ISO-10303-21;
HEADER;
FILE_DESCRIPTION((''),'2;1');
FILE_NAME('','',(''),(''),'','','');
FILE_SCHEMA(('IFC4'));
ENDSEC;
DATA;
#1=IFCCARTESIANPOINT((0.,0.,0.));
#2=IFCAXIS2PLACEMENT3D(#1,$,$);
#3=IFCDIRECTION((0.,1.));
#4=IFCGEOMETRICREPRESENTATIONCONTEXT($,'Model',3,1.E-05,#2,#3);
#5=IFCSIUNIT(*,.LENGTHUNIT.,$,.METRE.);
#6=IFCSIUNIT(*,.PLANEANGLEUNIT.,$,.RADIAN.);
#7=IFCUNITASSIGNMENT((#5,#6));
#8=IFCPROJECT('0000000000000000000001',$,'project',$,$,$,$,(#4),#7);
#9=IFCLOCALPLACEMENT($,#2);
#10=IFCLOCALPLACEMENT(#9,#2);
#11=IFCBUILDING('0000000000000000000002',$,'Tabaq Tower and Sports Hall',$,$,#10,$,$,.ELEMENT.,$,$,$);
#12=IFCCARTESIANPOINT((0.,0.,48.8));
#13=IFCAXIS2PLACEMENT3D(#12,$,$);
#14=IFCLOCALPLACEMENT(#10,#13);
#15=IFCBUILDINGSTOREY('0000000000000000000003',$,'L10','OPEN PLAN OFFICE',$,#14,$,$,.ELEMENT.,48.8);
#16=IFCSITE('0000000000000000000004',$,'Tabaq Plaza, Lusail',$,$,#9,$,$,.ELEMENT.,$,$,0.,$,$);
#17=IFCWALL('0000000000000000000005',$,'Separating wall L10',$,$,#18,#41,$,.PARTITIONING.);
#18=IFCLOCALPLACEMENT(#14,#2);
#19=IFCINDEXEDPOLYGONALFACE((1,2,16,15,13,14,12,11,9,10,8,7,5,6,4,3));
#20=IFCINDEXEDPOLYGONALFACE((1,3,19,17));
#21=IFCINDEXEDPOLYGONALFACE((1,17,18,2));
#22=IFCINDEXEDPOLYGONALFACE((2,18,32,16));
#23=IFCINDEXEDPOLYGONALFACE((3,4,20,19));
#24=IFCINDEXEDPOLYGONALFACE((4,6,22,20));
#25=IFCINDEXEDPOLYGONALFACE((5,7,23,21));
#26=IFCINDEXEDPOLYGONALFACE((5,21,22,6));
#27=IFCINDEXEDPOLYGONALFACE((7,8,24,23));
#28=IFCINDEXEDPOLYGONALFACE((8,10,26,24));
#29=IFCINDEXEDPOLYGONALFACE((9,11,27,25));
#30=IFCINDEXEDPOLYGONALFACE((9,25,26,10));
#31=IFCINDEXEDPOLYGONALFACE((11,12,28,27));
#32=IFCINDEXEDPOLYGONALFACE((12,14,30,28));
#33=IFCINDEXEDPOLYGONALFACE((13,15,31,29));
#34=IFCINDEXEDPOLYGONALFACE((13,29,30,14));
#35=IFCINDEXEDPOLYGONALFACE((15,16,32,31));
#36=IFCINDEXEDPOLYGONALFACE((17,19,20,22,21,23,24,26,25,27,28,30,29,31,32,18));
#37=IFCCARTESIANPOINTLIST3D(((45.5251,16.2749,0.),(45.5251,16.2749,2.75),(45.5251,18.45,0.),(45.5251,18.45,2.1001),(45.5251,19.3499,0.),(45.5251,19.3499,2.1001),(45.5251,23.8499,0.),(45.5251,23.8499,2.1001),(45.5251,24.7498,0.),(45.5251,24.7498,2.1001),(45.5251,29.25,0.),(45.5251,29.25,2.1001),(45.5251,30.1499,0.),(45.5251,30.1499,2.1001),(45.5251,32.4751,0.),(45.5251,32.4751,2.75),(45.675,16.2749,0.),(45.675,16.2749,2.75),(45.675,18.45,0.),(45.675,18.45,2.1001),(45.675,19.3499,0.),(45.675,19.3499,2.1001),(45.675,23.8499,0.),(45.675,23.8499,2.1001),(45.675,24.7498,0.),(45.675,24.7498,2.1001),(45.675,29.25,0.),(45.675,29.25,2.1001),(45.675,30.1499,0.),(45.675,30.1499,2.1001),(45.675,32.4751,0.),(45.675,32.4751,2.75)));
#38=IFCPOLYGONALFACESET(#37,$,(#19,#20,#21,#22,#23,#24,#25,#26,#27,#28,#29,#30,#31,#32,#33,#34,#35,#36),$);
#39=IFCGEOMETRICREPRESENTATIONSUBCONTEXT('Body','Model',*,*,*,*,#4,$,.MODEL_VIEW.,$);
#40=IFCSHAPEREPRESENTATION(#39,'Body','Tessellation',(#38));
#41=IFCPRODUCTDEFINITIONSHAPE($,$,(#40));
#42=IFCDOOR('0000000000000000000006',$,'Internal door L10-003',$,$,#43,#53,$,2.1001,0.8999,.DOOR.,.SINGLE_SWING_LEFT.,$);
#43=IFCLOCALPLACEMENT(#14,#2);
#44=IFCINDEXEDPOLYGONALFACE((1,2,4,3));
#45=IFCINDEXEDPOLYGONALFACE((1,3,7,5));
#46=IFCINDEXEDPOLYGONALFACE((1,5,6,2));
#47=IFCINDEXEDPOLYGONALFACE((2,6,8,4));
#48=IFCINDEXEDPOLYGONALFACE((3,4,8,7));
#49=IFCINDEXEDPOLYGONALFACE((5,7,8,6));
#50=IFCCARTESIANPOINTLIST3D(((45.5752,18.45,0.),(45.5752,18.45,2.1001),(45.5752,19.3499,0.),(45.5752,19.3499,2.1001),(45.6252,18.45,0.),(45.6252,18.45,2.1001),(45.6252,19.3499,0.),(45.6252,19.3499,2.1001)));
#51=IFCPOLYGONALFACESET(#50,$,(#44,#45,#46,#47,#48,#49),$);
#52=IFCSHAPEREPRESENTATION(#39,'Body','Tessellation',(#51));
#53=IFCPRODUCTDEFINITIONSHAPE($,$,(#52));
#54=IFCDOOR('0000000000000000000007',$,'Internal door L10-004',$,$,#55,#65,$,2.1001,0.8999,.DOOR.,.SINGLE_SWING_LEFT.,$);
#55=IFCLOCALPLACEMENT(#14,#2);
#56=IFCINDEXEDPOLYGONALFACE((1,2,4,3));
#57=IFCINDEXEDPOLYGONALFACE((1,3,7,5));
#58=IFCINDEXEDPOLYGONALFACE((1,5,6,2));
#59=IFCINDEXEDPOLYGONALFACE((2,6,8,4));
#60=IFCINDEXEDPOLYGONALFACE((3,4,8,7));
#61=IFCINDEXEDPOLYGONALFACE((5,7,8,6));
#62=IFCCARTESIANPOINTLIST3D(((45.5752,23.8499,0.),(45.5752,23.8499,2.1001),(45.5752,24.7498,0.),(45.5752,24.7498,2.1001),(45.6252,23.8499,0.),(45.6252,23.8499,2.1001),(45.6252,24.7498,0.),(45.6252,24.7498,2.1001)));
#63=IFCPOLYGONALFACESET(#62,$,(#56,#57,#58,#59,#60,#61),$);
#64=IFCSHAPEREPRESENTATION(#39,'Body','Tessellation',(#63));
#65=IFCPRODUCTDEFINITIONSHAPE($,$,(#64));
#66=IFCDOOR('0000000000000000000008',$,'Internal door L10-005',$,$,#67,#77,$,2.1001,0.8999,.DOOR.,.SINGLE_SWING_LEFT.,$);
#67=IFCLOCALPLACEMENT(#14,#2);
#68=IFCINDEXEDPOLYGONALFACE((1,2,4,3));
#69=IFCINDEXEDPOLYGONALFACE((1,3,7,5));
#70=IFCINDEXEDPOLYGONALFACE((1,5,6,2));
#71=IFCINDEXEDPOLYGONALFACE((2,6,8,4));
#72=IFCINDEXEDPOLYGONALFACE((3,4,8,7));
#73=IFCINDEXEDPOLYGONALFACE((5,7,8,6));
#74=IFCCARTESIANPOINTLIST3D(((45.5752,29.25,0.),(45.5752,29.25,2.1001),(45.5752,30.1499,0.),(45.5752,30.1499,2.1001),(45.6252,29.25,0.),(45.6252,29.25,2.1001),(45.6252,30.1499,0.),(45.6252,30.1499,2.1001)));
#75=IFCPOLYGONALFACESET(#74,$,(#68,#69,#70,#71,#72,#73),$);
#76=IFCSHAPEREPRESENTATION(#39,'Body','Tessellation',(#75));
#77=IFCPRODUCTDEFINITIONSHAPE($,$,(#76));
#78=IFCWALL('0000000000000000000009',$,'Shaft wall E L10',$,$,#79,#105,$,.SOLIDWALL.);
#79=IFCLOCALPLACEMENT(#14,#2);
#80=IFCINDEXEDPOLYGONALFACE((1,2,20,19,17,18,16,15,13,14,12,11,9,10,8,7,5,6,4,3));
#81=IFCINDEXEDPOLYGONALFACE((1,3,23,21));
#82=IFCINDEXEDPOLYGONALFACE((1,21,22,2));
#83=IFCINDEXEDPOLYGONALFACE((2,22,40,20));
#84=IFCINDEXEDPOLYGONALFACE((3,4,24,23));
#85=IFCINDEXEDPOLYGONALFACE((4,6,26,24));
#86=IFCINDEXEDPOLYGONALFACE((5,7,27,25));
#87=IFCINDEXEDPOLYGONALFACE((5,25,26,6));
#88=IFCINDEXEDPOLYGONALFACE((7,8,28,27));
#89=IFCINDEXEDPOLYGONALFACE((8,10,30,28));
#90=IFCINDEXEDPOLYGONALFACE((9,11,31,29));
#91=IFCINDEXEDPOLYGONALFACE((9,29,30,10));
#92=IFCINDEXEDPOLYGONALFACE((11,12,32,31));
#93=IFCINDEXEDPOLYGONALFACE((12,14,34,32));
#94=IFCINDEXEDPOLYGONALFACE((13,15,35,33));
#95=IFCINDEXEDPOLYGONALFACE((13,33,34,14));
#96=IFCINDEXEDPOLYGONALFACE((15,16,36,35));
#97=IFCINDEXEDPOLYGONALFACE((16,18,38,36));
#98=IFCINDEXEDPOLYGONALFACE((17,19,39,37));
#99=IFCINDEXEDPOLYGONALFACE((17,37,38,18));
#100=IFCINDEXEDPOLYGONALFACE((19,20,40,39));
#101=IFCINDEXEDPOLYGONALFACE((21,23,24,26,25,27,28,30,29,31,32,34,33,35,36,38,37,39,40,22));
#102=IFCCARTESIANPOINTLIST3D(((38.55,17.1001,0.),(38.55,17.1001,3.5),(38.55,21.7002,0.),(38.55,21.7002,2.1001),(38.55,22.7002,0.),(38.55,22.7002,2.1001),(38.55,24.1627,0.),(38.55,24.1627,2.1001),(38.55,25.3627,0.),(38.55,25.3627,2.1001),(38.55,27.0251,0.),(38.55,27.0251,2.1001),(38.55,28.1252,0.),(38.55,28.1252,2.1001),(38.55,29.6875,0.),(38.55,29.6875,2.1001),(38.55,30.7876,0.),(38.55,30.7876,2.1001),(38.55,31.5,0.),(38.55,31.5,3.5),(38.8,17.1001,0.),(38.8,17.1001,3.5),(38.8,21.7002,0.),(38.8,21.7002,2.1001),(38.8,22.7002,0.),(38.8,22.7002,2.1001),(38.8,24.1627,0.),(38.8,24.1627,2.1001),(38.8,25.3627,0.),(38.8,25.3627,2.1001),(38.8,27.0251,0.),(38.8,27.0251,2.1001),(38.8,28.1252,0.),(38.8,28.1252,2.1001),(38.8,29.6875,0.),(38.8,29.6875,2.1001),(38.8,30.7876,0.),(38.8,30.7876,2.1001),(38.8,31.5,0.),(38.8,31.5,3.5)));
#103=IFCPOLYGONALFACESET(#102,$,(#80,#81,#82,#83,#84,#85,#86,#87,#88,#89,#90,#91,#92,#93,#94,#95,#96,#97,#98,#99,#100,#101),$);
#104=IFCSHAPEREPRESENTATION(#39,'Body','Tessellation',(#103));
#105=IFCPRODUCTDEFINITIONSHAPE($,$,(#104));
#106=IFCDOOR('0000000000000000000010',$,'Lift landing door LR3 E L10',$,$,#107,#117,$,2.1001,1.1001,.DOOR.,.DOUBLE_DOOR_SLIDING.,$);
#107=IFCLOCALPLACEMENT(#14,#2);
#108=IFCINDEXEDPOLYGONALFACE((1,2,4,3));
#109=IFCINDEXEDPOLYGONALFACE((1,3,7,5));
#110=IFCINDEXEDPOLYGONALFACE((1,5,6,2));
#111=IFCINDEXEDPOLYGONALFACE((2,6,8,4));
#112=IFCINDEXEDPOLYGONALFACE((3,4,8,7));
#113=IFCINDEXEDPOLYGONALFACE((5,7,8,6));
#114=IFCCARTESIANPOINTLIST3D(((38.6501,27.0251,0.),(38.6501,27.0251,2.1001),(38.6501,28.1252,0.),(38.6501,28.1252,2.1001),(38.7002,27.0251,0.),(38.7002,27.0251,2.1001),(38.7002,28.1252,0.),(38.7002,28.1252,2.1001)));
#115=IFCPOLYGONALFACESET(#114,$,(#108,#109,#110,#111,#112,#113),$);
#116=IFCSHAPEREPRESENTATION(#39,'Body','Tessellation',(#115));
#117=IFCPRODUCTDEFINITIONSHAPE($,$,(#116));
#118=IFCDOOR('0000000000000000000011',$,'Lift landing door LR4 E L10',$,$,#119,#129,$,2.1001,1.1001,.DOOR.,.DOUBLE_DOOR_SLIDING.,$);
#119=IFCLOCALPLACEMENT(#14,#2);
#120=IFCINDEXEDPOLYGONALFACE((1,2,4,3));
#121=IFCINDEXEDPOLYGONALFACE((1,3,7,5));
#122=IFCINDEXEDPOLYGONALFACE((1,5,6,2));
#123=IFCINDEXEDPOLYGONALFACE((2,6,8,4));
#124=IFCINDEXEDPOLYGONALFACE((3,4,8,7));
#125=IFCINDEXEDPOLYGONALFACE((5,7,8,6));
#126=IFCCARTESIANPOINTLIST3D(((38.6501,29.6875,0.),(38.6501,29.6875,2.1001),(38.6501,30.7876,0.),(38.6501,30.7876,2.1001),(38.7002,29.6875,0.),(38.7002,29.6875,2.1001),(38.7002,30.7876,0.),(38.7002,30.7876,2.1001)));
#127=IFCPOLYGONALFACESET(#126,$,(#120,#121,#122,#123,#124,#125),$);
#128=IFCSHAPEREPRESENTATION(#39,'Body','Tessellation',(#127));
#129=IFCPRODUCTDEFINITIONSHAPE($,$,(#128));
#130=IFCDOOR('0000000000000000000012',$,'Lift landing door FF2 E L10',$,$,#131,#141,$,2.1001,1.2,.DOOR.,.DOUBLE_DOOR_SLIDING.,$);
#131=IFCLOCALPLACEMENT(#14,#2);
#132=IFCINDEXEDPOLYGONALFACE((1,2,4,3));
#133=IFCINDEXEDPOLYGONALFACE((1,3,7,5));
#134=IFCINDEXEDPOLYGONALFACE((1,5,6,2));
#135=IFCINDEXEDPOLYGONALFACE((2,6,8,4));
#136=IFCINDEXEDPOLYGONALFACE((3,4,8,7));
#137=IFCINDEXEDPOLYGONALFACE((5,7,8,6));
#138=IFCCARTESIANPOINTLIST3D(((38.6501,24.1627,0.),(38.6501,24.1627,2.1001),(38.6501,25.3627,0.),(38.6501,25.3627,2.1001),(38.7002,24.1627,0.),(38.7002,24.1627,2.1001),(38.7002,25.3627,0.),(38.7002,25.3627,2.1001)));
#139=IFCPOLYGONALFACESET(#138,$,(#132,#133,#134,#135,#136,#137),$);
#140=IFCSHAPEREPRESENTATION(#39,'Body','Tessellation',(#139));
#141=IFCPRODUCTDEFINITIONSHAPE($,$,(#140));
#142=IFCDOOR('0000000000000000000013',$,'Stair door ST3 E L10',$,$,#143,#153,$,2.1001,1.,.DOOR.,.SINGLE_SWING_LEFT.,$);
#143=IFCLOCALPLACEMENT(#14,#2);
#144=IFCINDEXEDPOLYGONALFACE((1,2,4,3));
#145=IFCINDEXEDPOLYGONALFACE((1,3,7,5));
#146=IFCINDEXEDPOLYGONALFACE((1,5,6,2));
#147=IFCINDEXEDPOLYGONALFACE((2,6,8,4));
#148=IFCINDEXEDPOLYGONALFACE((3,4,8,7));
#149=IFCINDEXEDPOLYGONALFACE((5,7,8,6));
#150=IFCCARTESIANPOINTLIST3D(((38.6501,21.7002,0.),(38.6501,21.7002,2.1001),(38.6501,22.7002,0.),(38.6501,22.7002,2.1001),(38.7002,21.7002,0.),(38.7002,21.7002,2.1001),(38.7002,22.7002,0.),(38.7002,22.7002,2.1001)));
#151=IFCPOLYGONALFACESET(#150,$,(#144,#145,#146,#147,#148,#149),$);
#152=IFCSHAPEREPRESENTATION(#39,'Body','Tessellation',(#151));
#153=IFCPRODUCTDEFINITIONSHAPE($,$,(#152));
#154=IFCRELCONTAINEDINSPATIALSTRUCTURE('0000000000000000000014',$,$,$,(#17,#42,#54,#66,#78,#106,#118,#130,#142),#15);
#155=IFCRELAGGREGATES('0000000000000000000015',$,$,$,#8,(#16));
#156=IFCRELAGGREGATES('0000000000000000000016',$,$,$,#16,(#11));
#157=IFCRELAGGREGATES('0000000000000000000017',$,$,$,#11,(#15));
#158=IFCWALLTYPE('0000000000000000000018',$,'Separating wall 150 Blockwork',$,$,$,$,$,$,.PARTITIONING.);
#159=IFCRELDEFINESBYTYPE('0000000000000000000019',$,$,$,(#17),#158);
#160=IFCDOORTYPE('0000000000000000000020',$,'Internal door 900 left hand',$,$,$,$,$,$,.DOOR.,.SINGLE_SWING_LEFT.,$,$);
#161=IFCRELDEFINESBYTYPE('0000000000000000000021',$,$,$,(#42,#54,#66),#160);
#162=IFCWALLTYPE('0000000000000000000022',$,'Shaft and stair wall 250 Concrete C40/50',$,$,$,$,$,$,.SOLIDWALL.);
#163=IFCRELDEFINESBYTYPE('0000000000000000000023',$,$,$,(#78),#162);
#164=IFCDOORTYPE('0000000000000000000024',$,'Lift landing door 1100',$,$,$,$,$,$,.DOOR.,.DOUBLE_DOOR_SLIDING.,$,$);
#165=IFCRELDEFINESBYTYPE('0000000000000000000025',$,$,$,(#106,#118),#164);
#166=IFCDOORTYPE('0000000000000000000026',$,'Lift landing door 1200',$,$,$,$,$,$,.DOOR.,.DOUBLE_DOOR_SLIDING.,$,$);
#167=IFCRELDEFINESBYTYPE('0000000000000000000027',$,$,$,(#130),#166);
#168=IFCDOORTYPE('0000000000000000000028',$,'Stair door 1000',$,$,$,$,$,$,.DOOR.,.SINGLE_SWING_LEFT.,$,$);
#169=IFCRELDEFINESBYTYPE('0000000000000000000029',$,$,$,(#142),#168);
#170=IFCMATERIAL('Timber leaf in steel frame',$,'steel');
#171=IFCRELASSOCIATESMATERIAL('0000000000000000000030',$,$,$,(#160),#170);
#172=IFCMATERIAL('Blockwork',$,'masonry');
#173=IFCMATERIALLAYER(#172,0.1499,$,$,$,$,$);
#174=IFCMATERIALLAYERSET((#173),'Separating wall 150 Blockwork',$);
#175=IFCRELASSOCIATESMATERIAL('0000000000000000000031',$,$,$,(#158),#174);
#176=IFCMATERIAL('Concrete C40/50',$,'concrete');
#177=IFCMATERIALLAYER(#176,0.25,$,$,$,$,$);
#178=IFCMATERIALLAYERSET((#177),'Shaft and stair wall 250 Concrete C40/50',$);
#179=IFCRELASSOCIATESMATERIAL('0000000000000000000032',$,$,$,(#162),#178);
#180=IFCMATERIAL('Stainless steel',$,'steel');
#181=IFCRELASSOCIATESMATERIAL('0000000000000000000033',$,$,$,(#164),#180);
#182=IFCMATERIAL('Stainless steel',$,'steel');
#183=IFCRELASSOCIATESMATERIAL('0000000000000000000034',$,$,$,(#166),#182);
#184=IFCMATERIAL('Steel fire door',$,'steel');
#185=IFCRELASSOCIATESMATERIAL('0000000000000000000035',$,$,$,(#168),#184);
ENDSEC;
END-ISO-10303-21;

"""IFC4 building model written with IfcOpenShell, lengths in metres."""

from ifc_helpers import new_model, si_unit, direction, frame, frame_2d, origin, place, context, subcontext, project, spatial, rectangle, extrude, material, layer, layer_set, type_object, element, fill, save


model = new_model("IFC4")

# Units and contexts
model_context = context("Model", 3, precision=1e-05, world=origin(), true_north=direction((0.0, 1.0)))
body_context = subcontext(model_context, "Body", "Model", "MODEL_VIEW")
ifc_project = project(units=[si_unit("LENGTHUNIT", "METRE"), si_unit("PLANEANGLEUNIT", "RADIAN")], contexts=[model_context])

# Site, building, storey
site_placement = place(None, origin())
site = spatial("IfcSite", under=ifc_project, at=site_placement, Name="Tabaq Plaza, Lusail", CompositionType="ELEMENT", RefElevation=0.0)
building_placement = place(site_placement, origin())
building = spatial("IfcBuilding", under=site, at=building_placement, Name="Tabaq Tower and Sports Hall", CompositionType="ELEMENT")
storey_placement = place(building_placement, frame((0.0, 0.0, 48.8)))
storey = spatial("IfcBuildingStorey", under=building, at=storey_placement, Name="L10", Description="OPEN PLAN OFFICE", CompositionType="ELEMENT", Elevation=48.8)

# Shared definitions
ifc_material_1 = material(Name="Timber leaf in steel frame", Category="steel")
door_type_1 = type_object("IfcDoorType", Name="Internal door 900 left hand", OperationType="SINGLE_SWING_LEFT", PredefinedType="DOOR", material=ifc_material_1)

# Shared definitions
ifc_material_2 = material(Name="Blockwork", Category="masonry")
ifc_layer_1 = layer(ifc_material_2, 0.1499)
ifc_layer_set_1 = layer_set([ifc_layer_1], Name="Separating wall 150 Blockwork")
wall_type_1 = type_object("IfcWallType", Name="Separating wall 150 Blockwork", PredefinedType="PARTITIONING", material=ifc_layer_set_1)

# Walls, openings, doors
wall_1_placement = place(storey_placement, frame((45.6001, 16.2749, 0.0), z_axis=(0.0, 0.0, 1.0), x_axis=(0.0, 1.0, 0.0)))
wall_1 = element("IfcWall", 1, at=wall_1_placement, inside=storey, type_object=wall_type_1, Name="Separating wall L10", PredefinedType="PARTITIONING", context=body_context, shape_type="SweptSolid", body=[
    extrude(rectangle(XDim=16.2002, YDim=0.1499, at=frame_2d((8.1001, 0.0))), origin(), (0.0, 0.0, 1.0), 2.75),
])
opening_1_placement = place(wall_1_placement, frame((2.175, 0.0, 0.0)))
opening_1 = element("IfcOpeningElement", 2, at=opening_1_placement, cuts=wall_1, PredefinedType="OPENING", context=body_context, shape_type="SweptSolid", body=[
    extrude(rectangle(XDim=0.8999, YDim=2.1001, at=frame_2d((0.45, 1.05))), frame((0.0, 0.075, 0.0), z_axis=(0.0, -1.0, 0.0), x_axis=(1.0, 0.0, 0.0)), (0.0, 0.0, 1.0), 0.1499),
])
opening_2_placement = place(wall_1_placement, frame((7.575, 0.0, 0.0)))
opening_2 = element("IfcOpeningElement", 3, at=opening_2_placement, cuts=wall_1, PredefinedType="OPENING", context=body_context, shape_type="SweptSolid", body=[
    extrude(rectangle(XDim=0.8999, YDim=2.1001, at=frame_2d((0.45, 1.05))), frame((0.0, 0.075, 0.0), z_axis=(0.0, -1.0, 0.0), x_axis=(1.0, 0.0, 0.0)), (0.0, 0.0, 1.0), 0.1499),
])
opening_3_placement = place(wall_1_placement, frame((12.9751, 0.0, 0.0)))
opening_3 = element("IfcOpeningElement", 4, at=opening_3_placement, cuts=wall_1, PredefinedType="OPENING", context=body_context, shape_type="SweptSolid", body=[
    extrude(rectangle(XDim=0.8999, YDim=2.1001, at=frame_2d((0.45, 1.05))), frame((0.0, 0.075, 0.0), z_axis=(0.0, -1.0, 0.0), x_axis=(1.0, 0.0, 0.0)), (0.0, 0.0, 1.0), 0.1499),
])
door_1_placement = place(opening_1_placement, origin())
door_1 = element("IfcDoor", 5, at=door_1_placement, inside=storey, type_object=door_type_1, Name="Internal door L10-003", OperationType="SINGLE_SWING_LEFT", OverallHeight=2.1001, OverallWidth=0.8999, PredefinedType="DOOR", context=body_context, shape_type="SweptSolid", body=[
    extrude(rectangle(XDim=0.8999, YDim=2.1001, at=frame_2d((0.45, 1.05))), frame((0.0, 0.0249, 0.0), z_axis=(0.0, -1.0, 0.0), x_axis=(1.0, 0.0, 0.0)), (0.0, 0.0, 1.0), 0.05),
])
fill(opening_1, door_1)
door_2_placement = place(opening_2_placement, origin())
door_2 = element("IfcDoor", 6, at=door_2_placement, inside=storey, type_object=door_type_1, Name="Internal door L10-004", OperationType="SINGLE_SWING_LEFT", OverallHeight=2.1001, OverallWidth=0.8999, PredefinedType="DOOR", context=body_context, shape_type="SweptSolid", body=[
    extrude(rectangle(XDim=0.8999, YDim=2.1001, at=frame_2d((0.45, 1.05))), frame((0.0, 0.0249, 0.0), z_axis=(0.0, -1.0, 0.0), x_axis=(1.0, 0.0, 0.0)), (0.0, 0.0, 1.0), 0.05),
])
fill(opening_2, door_2)
door_3_placement = place(opening_3_placement, origin())
door_3 = element("IfcDoor", 7, at=door_3_placement, inside=storey, type_object=door_type_1, Name="Internal door L10-005", OperationType="SINGLE_SWING_LEFT", OverallHeight=2.1001, OverallWidth=0.8999, PredefinedType="DOOR", context=body_context, shape_type="SweptSolid", body=[
    extrude(rectangle(XDim=0.8999, YDim=2.1001, at=frame_2d((0.45, 1.05))), frame((0.0, 0.0249, 0.0), z_axis=(0.0, -1.0, 0.0), x_axis=(1.0, 0.0, 0.0)), (0.0, 0.0, 1.0), 0.05),
])
fill(opening_3, door_3)
ifc_material_3 = material(Name="Concrete C40/50", Category="concrete")
ifc_layer_2 = layer(ifc_material_3, 0.25)
ifc_layer_set_2 = layer_set([ifc_layer_2], Name="Shaft and stair wall 250 Concrete C40/50")
wall_type_2 = type_object("IfcWallType", Name="Shaft and stair wall 250 Concrete C40/50", PredefinedType="SOLIDWALL", material=ifc_layer_set_2)
wall_2_placement = place(storey_placement, frame((38.675, 17.1001, 0.0), z_axis=(0.0, 0.0, 1.0), x_axis=(0.0, 1.0, 0.0)))
wall_2 = element("IfcWall", 8, at=wall_2_placement, inside=storey, type_object=wall_type_2, Name="Shaft wall E L10", PredefinedType="SOLIDWALL", context=body_context, shape_type="SweptSolid", body=[
    extrude(rectangle(XDim=14.3999, YDim=0.25, at=frame_2d((7.2, 0.0))), origin(), (0.0, 0.0, 1.0), 3.5),
])
opening_4_placement = place(wall_2_placement, frame((4.6001, 0.0, 0.0)))
opening_4 = element("IfcOpeningElement", 9, at=opening_4_placement, cuts=wall_2, PredefinedType="OPENING", context=body_context, shape_type="SweptSolid", body=[
    extrude(rectangle(XDim=1.0, YDim=2.1001, at=frame_2d((0.5, 1.05))), frame((0.0, 0.125, 0.0), z_axis=(0.0, -1.0, 0.0), x_axis=(1.0, 0.0, 0.0)), (0.0, 0.0, 1.0), 0.25),
])
opening_5_placement = place(wall_2_placement, frame((7.0625, 0.0, 0.0)))
opening_5 = element("IfcOpeningElement", 10, at=opening_5_placement, cuts=wall_2, PredefinedType="OPENING", context=body_context, shape_type="SweptSolid", body=[
    extrude(rectangle(XDim=1.2, YDim=2.1001, at=frame_2d((0.6001, 1.05))), frame((0.0, 0.125, 0.0), z_axis=(0.0, -1.0, 0.0), x_axis=(1.0, 0.0, 0.0)), (0.0, 0.0, 1.0), 0.25),
])
opening_6_placement = place(wall_2_placement, frame((9.925, 0.0, 0.0)))
opening_6 = element("IfcOpeningElement", 11, at=opening_6_placement, cuts=wall_2, PredefinedType="OPENING", context=body_context, shape_type="SweptSolid", body=[
    extrude(rectangle(XDim=1.1001, YDim=2.1001, at=frame_2d((0.55, 1.05))), frame((0.0, 0.125, 0.0), z_axis=(0.0, -1.0, 0.0), x_axis=(1.0, 0.0, 0.0)), (0.0, 0.0, 1.0), 0.25),
])
opening_7_placement = place(wall_2_placement, frame((12.5874, 0.0, 0.0)))
opening_7 = element("IfcOpeningElement", 12, at=opening_7_placement, cuts=wall_2, PredefinedType="OPENING", context=body_context, shape_type="SweptSolid", body=[
    extrude(rectangle(XDim=1.1001, YDim=2.1001, at=frame_2d((0.55, 1.05))), frame((0.0, 0.125, 0.0), z_axis=(0.0, -1.0, 0.0), x_axis=(1.0, 0.0, 0.0)), (0.0, 0.0, 1.0), 0.25),
])
ifc_material_4 = material(Name="Stainless steel", Category="steel")
door_type_2 = type_object("IfcDoorType", Name="Lift landing door 1100", OperationType="DOUBLE_DOOR_SLIDING", PredefinedType="DOOR", material=ifc_material_4)
door_4_placement = place(opening_6_placement, origin())
door_4 = element("IfcDoor", 13, at=door_4_placement, inside=storey, type_object=door_type_2, Name="Lift landing door LR3 E L10", OperationType="DOUBLE_DOOR_SLIDING", OverallHeight=2.1001, OverallWidth=1.1001, PredefinedType="DOOR", context=body_context, shape_type="SweptSolid", body=[
    extrude(rectangle(XDim=1.1001, YDim=2.1001, at=frame_2d((0.55, 1.05))), frame((0.0, 0.0249, 0.0), z_axis=(0.0, -1.0, 0.0), x_axis=(1.0, 0.0, 0.0)), (0.0, 0.0, 1.0), 0.05),
])
fill(opening_6, door_4)
door_5_placement = place(opening_7_placement, origin())
door_5 = element("IfcDoor", 14, at=door_5_placement, inside=storey, type_object=door_type_2, Name="Lift landing door LR4 E L10", OperationType="DOUBLE_DOOR_SLIDING", OverallHeight=2.1001, OverallWidth=1.1001, PredefinedType="DOOR", context=body_context, shape_type="SweptSolid", body=[
    extrude(rectangle(XDim=1.1001, YDim=2.1001, at=frame_2d((0.55, 1.05))), frame((0.0, 0.0249, 0.0), z_axis=(0.0, -1.0, 0.0), x_axis=(1.0, 0.0, 0.0)), (0.0, 0.0, 1.0), 0.05),
])
fill(opening_7, door_5)
ifc_material_5 = material(Name="Stainless steel", Category="steel")
door_type_3 = type_object("IfcDoorType", Name="Lift landing door 1200", OperationType="DOUBLE_DOOR_SLIDING", PredefinedType="DOOR", material=ifc_material_5)
door_6_placement = place(opening_5_placement, origin())
door_6 = element("IfcDoor", 15, at=door_6_placement, inside=storey, type_object=door_type_3, Name="Lift landing door FF2 E L10", OperationType="DOUBLE_DOOR_SLIDING", OverallHeight=2.1001, OverallWidth=1.2, PredefinedType="DOOR", context=body_context, shape_type="SweptSolid", body=[
    extrude(rectangle(XDim=1.2, YDim=2.1001, at=frame_2d((0.6001, 1.05))), frame((0.0, 0.0249, 0.0), z_axis=(0.0, -1.0, 0.0), x_axis=(1.0, 0.0, 0.0)), (0.0, 0.0, 1.0), 0.05),
])
fill(opening_5, door_6)
ifc_material_6 = material(Name="Steel fire door", Category="steel")
door_type_4 = type_object("IfcDoorType", Name="Stair door 1000", OperationType="SINGLE_SWING_LEFT", PredefinedType="DOOR", material=ifc_material_6)
door_7_placement = place(opening_4_placement, origin())
door_7 = element("IfcDoor", 16, at=door_7_placement, inside=storey, type_object=door_type_4, Name="Stair door ST3 E L10", OperationType="SINGLE_SWING_LEFT", OverallHeight=2.1001, OverallWidth=1.0, PredefinedType="DOOR", context=body_context, shape_type="SweptSolid", body=[
    extrude(rectangle(XDim=1.0, YDim=2.1001, at=frame_2d((0.5, 1.05))), frame((0.0, 0.0249, 0.0), z_axis=(0.0, -1.0, 0.0), x_axis=(1.0, 0.0, 0.0)), (0.0, 0.0, 1.0), 0.05),
])
fill(opening_4, door_7)

save(model, "model.ifc")
